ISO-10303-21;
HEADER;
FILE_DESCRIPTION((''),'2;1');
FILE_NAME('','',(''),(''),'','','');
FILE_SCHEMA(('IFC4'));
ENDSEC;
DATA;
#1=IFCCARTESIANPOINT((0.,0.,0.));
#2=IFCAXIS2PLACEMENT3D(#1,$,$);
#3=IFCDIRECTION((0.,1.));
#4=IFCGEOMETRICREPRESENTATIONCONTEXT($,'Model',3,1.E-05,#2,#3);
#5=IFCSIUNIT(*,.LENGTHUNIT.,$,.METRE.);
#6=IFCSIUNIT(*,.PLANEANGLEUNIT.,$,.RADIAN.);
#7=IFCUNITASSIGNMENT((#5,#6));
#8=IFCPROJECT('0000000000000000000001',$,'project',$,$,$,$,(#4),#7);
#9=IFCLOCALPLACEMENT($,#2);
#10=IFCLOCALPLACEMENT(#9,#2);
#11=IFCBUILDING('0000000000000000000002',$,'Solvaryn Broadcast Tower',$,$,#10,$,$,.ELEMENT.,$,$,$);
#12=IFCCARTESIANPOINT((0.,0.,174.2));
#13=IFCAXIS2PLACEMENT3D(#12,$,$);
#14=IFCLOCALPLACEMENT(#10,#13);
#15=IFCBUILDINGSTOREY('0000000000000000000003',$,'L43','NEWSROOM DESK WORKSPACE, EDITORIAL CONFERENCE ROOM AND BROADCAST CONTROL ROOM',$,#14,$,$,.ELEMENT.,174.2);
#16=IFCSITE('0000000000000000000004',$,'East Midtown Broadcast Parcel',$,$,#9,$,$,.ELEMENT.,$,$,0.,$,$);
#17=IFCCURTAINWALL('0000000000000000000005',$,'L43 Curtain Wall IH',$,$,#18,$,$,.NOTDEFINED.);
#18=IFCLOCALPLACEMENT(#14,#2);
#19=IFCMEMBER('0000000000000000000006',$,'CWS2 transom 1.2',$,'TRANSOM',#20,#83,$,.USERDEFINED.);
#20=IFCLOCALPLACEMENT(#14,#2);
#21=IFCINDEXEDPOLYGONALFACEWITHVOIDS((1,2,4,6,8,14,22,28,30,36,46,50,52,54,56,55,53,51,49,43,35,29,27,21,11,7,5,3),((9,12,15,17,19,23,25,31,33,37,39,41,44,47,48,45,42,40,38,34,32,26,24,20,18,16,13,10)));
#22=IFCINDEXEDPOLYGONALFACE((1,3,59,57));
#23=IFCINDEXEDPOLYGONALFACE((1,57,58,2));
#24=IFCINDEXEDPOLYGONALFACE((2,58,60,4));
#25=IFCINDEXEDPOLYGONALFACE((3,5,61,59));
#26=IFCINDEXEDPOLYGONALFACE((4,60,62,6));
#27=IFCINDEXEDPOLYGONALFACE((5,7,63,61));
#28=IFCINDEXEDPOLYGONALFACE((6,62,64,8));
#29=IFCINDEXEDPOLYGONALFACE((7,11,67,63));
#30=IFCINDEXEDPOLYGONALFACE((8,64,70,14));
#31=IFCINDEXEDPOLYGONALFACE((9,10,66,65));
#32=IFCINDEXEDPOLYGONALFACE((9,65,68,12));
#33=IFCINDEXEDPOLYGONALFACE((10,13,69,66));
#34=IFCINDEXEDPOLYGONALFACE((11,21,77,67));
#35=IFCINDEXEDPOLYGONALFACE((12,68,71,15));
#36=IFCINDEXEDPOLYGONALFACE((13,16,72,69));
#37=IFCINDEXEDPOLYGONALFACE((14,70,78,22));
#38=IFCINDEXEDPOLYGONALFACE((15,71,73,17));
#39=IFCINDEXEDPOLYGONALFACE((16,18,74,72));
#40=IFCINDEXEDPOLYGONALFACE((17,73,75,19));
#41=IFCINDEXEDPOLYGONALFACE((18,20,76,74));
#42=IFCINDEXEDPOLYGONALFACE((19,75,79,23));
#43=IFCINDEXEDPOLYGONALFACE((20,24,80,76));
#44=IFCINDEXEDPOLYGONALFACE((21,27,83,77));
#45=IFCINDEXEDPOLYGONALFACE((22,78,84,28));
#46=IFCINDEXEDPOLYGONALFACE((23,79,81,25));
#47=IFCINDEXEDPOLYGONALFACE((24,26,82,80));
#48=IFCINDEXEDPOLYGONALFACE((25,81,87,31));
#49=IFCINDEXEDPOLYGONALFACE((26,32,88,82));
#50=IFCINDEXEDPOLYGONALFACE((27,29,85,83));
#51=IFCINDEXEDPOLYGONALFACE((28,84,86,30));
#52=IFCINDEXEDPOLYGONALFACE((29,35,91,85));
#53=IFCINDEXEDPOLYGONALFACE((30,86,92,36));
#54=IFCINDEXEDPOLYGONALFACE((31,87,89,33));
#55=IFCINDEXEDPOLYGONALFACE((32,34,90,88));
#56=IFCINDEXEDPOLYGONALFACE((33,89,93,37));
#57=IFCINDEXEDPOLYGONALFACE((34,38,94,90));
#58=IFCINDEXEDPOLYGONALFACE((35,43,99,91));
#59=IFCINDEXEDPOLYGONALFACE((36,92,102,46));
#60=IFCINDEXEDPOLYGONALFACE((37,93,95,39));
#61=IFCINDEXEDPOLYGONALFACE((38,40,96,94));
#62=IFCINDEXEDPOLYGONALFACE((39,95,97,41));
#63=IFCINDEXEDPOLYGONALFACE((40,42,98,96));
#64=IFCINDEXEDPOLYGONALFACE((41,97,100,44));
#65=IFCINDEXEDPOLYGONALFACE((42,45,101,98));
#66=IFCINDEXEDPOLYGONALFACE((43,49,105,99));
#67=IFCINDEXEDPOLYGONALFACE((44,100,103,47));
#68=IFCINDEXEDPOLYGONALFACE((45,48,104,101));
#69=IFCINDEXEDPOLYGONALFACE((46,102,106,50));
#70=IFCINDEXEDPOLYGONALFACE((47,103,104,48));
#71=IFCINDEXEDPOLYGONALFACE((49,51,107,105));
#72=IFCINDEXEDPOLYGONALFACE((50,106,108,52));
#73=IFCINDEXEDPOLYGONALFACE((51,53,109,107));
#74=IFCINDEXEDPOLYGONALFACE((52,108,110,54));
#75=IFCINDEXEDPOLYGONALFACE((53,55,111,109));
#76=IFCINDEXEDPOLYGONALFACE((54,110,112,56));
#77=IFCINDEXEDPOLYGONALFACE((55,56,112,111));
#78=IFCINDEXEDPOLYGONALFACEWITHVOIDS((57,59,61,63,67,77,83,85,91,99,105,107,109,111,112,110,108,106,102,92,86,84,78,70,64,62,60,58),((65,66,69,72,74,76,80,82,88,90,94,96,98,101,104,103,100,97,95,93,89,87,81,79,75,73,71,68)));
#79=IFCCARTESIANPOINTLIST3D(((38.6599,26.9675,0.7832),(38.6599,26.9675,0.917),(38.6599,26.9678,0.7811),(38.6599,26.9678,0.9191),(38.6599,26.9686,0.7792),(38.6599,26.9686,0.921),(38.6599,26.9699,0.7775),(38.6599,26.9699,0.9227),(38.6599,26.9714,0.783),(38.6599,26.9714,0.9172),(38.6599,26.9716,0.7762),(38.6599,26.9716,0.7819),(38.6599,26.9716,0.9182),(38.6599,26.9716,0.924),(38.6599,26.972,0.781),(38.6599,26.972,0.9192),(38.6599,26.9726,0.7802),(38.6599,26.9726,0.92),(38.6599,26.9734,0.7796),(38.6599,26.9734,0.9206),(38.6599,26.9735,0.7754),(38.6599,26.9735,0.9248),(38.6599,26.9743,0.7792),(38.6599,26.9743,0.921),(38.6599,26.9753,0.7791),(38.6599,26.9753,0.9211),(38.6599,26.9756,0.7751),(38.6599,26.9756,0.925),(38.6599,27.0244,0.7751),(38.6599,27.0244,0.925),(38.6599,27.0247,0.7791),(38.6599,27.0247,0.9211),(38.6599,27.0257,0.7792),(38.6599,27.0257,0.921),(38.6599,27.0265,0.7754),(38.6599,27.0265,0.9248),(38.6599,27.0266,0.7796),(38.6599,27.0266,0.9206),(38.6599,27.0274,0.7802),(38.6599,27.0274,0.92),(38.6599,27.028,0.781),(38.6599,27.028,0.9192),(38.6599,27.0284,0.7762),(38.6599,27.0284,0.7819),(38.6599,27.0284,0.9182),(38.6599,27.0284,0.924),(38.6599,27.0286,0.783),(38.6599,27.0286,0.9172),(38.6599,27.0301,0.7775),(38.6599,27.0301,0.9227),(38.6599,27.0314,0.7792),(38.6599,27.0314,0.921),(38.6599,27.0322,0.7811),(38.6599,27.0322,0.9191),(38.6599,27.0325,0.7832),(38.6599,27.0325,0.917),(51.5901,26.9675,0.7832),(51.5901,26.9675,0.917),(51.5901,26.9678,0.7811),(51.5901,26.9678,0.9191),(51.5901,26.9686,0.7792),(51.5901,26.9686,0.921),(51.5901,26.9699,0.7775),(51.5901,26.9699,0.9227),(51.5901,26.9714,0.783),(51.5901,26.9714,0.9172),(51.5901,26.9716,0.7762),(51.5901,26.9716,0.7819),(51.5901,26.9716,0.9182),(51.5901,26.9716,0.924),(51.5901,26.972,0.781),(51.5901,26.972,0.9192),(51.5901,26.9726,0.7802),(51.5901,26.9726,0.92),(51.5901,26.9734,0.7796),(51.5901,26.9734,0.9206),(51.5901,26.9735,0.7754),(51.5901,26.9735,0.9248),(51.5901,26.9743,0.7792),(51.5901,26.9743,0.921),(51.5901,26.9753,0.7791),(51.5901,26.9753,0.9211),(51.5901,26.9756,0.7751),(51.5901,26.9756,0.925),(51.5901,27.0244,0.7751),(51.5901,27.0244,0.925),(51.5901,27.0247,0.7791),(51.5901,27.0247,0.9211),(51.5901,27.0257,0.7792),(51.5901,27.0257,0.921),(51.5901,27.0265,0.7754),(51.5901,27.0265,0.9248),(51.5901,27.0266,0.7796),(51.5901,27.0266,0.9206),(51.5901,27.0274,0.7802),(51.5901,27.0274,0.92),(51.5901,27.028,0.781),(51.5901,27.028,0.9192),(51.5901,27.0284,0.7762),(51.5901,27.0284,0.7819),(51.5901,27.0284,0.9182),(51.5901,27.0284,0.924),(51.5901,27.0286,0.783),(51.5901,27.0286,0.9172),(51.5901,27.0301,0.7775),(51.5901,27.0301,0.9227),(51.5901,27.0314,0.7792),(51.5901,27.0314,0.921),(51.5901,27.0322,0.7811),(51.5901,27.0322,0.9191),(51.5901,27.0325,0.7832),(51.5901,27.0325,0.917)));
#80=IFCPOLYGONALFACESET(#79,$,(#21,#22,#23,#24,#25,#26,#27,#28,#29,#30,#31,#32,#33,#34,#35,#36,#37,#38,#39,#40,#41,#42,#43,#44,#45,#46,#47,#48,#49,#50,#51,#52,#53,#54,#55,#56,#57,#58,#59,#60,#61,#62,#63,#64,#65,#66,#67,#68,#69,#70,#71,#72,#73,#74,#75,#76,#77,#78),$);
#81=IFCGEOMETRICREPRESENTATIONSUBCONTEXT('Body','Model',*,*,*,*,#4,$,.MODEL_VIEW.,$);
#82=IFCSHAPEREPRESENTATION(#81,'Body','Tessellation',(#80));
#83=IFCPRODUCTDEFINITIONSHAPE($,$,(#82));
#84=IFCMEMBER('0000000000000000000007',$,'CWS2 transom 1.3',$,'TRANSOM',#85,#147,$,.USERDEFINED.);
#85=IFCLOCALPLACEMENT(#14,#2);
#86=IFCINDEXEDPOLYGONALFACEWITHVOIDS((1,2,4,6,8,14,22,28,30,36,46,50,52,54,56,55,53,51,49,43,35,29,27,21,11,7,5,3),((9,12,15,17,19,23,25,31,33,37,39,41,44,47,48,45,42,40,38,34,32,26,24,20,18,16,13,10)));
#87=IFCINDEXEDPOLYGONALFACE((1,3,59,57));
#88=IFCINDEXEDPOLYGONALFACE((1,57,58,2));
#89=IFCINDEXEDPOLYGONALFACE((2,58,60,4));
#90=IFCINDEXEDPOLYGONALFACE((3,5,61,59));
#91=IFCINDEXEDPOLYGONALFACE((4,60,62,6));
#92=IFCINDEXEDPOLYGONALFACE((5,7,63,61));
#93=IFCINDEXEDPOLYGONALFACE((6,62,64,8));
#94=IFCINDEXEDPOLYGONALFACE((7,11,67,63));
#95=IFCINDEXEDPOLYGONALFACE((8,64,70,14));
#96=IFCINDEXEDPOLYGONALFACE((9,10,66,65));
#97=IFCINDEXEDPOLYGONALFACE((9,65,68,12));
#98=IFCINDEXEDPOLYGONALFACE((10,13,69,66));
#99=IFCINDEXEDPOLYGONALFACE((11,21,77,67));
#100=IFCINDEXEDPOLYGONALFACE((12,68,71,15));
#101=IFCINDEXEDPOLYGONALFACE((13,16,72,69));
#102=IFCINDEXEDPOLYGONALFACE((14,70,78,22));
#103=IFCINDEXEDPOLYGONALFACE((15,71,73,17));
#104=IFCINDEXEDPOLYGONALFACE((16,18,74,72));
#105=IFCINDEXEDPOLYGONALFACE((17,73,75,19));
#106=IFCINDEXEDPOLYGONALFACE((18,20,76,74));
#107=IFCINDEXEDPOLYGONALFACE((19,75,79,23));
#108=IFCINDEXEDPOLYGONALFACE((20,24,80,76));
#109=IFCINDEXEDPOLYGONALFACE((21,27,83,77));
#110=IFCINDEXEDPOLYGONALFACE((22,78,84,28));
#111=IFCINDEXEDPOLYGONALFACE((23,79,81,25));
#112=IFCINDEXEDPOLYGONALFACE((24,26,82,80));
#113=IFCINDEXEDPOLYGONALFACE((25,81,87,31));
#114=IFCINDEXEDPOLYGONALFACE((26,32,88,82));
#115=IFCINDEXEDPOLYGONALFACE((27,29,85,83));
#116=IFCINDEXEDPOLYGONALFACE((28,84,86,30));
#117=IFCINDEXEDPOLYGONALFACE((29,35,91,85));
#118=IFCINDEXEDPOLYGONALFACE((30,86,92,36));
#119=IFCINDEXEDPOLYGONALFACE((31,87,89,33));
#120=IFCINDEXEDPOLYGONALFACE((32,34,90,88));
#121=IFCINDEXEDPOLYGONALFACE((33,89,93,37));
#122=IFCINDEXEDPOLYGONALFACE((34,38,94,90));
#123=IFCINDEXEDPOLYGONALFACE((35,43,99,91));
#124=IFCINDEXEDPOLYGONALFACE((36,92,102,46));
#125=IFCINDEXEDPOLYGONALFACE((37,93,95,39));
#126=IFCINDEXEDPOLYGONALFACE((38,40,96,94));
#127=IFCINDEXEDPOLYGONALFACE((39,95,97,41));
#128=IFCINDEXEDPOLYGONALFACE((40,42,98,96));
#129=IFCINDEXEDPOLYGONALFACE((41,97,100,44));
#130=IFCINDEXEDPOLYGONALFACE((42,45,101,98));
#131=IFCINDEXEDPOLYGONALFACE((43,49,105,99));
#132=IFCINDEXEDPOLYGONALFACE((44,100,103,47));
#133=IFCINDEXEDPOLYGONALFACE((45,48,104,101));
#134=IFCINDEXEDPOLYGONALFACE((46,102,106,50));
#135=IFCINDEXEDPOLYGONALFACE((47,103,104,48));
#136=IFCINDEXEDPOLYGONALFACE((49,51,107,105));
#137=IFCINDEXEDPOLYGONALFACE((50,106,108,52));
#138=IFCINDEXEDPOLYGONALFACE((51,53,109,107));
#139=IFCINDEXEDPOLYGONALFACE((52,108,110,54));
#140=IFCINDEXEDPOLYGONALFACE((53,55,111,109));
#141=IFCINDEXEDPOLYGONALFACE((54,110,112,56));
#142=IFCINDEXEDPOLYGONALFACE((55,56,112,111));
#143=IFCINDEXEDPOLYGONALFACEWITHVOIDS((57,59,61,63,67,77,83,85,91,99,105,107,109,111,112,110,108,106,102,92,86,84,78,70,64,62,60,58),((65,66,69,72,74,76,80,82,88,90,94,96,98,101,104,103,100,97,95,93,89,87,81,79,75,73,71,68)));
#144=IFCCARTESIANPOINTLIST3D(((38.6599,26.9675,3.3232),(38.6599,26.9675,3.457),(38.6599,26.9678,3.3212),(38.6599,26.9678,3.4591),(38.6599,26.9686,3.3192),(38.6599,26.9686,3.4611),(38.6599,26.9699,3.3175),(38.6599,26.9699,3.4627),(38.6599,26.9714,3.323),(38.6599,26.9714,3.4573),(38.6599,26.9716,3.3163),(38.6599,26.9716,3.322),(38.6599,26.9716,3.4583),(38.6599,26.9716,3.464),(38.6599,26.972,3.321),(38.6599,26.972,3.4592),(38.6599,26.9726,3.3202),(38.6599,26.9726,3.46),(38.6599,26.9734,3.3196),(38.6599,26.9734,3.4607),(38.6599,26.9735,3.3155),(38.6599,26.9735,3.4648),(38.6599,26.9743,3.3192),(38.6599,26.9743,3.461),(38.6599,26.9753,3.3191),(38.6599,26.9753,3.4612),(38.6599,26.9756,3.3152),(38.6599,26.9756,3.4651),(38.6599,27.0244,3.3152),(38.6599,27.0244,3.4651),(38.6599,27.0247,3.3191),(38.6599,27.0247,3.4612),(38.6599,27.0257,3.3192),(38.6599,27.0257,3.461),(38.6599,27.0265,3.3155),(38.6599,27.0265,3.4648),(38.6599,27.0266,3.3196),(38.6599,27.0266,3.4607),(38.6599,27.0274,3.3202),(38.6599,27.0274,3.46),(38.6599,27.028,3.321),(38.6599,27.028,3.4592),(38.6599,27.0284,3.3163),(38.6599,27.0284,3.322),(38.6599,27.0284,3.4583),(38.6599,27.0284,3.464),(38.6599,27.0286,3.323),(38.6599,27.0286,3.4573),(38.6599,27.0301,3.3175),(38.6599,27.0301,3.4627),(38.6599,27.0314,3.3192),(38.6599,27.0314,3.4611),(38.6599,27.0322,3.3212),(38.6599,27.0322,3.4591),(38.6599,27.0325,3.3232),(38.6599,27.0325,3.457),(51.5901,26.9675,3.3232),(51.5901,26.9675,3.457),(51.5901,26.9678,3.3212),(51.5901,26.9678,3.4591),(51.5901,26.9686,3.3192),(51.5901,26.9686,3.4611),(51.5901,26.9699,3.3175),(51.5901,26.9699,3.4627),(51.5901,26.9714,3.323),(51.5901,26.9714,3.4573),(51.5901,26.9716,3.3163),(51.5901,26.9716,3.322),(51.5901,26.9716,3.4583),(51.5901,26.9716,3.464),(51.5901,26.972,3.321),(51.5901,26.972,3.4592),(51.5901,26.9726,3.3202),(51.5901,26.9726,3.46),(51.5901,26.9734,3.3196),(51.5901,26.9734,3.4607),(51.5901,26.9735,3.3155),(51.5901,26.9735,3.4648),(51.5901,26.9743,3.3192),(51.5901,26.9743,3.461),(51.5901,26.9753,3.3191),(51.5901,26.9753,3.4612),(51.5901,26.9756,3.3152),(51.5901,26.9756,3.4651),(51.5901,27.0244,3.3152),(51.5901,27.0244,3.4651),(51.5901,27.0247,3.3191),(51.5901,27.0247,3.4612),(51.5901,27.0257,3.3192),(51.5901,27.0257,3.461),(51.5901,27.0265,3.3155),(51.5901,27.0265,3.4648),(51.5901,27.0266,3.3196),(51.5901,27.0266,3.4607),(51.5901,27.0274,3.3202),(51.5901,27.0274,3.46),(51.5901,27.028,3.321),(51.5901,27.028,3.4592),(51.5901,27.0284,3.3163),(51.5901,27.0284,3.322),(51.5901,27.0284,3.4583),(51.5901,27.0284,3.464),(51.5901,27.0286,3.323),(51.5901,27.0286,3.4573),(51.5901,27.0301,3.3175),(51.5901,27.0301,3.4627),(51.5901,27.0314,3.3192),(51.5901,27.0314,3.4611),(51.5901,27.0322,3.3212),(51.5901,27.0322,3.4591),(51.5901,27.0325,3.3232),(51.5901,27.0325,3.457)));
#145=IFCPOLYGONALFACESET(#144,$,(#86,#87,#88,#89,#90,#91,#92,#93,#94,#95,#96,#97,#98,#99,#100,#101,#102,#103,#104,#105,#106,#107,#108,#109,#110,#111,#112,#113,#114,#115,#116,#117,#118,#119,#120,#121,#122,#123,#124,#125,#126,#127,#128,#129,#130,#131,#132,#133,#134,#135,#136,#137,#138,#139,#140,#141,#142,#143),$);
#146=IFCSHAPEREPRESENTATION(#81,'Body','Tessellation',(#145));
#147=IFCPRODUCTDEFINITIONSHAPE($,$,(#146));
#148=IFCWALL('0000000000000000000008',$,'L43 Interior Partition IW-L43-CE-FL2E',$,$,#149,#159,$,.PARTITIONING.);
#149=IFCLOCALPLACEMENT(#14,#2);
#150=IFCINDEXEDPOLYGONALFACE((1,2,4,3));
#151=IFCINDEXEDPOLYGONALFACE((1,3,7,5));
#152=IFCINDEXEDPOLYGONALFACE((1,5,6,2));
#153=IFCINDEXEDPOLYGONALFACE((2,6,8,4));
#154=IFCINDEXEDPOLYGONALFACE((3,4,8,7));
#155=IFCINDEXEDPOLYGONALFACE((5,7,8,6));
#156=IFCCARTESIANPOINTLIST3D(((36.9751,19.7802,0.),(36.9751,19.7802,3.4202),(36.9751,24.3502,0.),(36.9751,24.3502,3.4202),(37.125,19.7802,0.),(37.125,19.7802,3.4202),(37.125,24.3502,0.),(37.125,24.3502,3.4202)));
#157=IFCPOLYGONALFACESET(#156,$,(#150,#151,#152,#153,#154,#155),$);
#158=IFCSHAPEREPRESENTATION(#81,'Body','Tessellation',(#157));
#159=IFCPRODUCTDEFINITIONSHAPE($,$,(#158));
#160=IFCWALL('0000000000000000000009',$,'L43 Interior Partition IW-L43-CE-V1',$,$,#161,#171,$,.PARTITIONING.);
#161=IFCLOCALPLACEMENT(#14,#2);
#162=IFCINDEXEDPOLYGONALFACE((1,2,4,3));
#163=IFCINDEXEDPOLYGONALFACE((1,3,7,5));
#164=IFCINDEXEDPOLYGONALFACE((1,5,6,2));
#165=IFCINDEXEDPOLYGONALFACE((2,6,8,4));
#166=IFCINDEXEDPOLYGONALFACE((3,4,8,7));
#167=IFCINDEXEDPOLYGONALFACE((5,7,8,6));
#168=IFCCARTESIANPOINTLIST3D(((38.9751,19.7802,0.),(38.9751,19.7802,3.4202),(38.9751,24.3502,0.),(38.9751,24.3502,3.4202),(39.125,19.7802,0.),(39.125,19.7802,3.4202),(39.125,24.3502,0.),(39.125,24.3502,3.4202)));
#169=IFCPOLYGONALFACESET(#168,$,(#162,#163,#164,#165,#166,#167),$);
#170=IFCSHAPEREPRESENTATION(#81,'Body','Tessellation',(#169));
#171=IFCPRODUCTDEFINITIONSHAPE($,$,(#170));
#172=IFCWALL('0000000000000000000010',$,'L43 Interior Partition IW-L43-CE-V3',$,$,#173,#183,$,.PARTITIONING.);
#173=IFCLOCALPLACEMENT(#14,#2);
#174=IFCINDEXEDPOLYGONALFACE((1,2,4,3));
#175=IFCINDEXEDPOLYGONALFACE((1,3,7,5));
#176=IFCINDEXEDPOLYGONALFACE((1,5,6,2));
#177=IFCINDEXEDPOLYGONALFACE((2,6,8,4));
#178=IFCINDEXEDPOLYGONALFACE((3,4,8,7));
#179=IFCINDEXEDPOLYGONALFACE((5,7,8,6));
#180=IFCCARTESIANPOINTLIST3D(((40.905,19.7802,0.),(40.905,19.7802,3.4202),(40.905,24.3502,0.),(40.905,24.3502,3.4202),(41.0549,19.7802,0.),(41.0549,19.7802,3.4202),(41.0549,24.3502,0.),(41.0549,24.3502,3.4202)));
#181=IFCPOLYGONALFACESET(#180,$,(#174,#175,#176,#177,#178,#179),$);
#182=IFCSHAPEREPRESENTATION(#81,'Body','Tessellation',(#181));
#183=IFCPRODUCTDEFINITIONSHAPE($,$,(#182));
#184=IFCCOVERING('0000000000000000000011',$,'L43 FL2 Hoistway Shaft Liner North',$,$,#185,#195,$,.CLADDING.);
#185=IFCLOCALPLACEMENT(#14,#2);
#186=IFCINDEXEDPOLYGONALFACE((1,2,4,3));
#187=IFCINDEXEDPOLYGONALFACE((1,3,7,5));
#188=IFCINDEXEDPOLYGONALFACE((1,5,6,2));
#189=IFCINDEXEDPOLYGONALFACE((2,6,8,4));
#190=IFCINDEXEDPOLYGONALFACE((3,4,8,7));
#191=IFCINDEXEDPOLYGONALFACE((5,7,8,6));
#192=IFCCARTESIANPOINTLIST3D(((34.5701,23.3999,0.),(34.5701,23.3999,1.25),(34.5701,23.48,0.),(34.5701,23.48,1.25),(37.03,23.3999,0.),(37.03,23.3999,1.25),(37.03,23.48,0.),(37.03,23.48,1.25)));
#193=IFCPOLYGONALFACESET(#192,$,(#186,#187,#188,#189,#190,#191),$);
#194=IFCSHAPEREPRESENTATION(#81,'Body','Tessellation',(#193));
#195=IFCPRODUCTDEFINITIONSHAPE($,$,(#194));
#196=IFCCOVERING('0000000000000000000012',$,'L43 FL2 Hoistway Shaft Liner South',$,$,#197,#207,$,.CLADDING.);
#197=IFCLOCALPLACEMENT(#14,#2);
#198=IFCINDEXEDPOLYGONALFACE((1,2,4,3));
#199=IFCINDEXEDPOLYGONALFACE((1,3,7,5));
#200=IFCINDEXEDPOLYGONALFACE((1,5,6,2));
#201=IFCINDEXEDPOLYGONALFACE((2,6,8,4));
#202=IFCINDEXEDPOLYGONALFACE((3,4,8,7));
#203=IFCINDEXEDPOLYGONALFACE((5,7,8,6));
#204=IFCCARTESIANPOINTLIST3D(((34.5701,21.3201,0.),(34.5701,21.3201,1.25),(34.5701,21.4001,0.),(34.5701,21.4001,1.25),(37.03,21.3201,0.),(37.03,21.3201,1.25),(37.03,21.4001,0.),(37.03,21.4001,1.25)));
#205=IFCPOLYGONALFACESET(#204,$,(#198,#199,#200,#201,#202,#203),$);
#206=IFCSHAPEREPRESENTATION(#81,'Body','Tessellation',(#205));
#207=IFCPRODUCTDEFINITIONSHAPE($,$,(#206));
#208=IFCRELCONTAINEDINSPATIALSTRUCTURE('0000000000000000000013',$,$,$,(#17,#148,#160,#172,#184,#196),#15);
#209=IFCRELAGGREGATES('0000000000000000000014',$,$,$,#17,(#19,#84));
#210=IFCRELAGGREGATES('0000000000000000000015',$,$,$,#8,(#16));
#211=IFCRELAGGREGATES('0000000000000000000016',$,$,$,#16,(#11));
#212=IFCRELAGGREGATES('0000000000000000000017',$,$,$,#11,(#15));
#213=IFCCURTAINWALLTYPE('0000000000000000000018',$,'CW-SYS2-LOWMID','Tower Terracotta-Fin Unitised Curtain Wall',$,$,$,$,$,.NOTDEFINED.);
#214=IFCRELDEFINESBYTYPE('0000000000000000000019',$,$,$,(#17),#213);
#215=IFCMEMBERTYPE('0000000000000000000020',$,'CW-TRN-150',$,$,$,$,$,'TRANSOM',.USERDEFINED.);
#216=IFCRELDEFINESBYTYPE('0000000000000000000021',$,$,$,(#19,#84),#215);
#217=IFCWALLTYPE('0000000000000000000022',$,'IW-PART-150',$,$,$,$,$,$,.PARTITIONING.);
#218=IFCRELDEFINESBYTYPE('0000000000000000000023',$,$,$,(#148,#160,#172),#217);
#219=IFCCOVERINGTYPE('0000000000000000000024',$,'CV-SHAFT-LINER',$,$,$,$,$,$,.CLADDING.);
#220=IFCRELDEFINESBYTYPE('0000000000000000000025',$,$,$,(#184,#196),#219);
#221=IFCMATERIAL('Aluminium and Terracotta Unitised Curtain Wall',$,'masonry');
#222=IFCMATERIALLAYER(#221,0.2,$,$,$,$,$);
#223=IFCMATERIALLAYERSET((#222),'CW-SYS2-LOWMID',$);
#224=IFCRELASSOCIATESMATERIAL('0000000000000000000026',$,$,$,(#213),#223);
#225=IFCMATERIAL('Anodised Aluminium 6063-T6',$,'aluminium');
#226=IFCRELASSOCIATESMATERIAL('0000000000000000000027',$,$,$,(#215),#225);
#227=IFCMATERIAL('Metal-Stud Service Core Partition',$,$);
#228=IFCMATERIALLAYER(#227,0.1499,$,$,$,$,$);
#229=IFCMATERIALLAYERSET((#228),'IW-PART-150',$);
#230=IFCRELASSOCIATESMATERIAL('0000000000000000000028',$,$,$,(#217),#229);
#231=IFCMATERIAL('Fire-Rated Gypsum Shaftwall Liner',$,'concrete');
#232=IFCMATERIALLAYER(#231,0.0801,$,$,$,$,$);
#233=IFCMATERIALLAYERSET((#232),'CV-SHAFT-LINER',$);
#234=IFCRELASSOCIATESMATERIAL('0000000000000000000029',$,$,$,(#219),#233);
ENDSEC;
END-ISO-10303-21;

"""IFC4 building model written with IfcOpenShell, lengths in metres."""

from ifc_helpers import new_model, si_unit, direction, frame, frame_2d, origin, origin_2d, place, context, subcontext, project, spatial, rectangle, hollow_rectangle, extrude, material, layer, layer_set, material_profile, profile_set, type_object, element, aggregate, save


model = new_model("IFC4")

# Units and contexts
model_context = context("Model", 3, precision=1e-05, world=origin(), true_north=direction((0.0, 1.0)))
body_context = subcontext(model_context, "Body", "Model", "MODEL_VIEW")
ifc_project = project(units=[si_unit("LENGTHUNIT", "METRE"), si_unit("PLANEANGLEUNIT", "RADIAN")], contexts=[model_context])

# Site, building, storey
site_placement = place(None, origin())
site = spatial("IfcSite", under=ifc_project, at=site_placement, Name="East Midtown Broadcast Parcel", CompositionType="ELEMENT", RefElevation=0.0)
building_placement = place(site_placement, origin())
building = spatial("IfcBuilding", under=site, at=building_placement, Name="Solvaryn Broadcast Tower", CompositionType="ELEMENT")
storey_placement = place(building_placement, frame((0.0, 0.0, 174.2)))
storey = spatial("IfcBuildingStorey", under=building, at=storey_placement, Name="L43", Description="NEWSROOM DESK WORKSPACE, EDITORIAL CONFERENCE ROOM AND BROADCAST CONTROL ROOM", CompositionType="ELEMENT", Elevation=174.2)

# Curtain wall
ifc_material_1 = material(Name="Aluminium and Terracotta Unitised Curtain Wall", Category="masonry")
ifc_layer_1 = layer(ifc_material_1, 0.2)
ifc_layer_set_1 = layer_set([ifc_layer_1], Name="CW-SYS2-LOWMID")
curtain_wall_type = type_object("IfcCurtainWallType", Name="CW-SYS2-LOWMID", Description="Tower Terracotta-Fin Unitised Curtain Wall", PredefinedType="NOTDEFINED", material=ifc_layer_set_1)
curtain_wall_1_placement = place(storey_placement, origin())
curtain_wall_1 = element("IfcCurtainWall", 1, at=curtain_wall_1_placement, inside=storey, type_object=curtain_wall_type, Name="L43 Curtain Wall IH", PredefinedType="NOTDEFINED")

# Members
ifc_material_2 = material(Name="Anodised Aluminium 6063-T6", Category="aluminium")
ifc_material_profile_1 = material_profile(ifc_material_2, hollow_rectangle(XDim=0.0649, YDim=0.1499, WallThickness=0.0039, InnerFilletRadius=0.0039, OuterFilletRadius=0.0081, at=origin_2d()))
ifc_profile_set_1 = profile_set([ifc_material_profile_1], Name="Anodised Aluminium 6063-T6")
member_type_1 = type_object("IfcMemberType", Name="CW-TRN-150", ElementType="TRANSOM", PredefinedType="USERDEFINED", material=ifc_profile_set_1)
member_1_placement = place(storey_placement, frame((38.6599, 27.0, 0.8501), z_axis=(1.0, 0.0, 0.0), x_axis=(0.0, 1.0, 0.0)))
member_1 = element("IfcMember", 2, at=member_1_placement, type_object=member_type_1, Name="CWS2 transom 1.2", ObjectType="TRANSOM", PredefinedType="USERDEFINED", context=body_context, shape_type="SweptSolid", body=[
    extrude(hollow_rectangle(XDim=0.0649, YDim=0.1499, WallThickness=0.0039, InnerFilletRadius=0.0039, OuterFilletRadius=0.0081, at=origin_2d()), origin(), (0.0, 0.0, 1.0), 12.9302),
])
member_2_placement = place(storey_placement, frame((38.6599, 27.0, 3.3901), z_axis=(1.0, 0.0, 0.0), x_axis=(0.0, 1.0, 0.0)))
member_2 = element("IfcMember", 3, at=member_2_placement, type_object=member_type_1, Name="CWS2 transom 1.3", ObjectType="TRANSOM", PredefinedType="USERDEFINED", context=body_context, shape_type="SweptSolid", body=[
    extrude(hollow_rectangle(XDim=0.0649, YDim=0.1499, WallThickness=0.0039, InnerFilletRadius=0.0039, OuterFilletRadius=0.0081, at=origin_2d()), origin(), (0.0, 0.0, 1.0), 12.9302),
])
aggregate(curtain_wall_1, [member_1, member_2])

# Walls
ifc_material_3 = material(Name="Metal-Stud Service Core Partition")
ifc_layer_2 = layer(ifc_material_3, 0.1499)
ifc_layer_set_2 = layer_set([ifc_layer_2], Name="IW-PART-150")
wall_type = type_object("IfcWallType", Name="IW-PART-150", PredefinedType="PARTITIONING", material=ifc_layer_set_2)
for number, where, z_axis, x_axis, name in (
    (4, (37.05, 19.78, 0.0), (0.0, 0.0, 1.0), (0.0, 1.0, 0.0), "L43 Interior Partition IW-L43-CE-FL2E"),
    (5, (39.05, 19.78, 0.0), (0.0, 0.0, 1.0), (0.0, 1.0, 0.0), "L43 Interior Partition IW-L43-CE-V1"),
    (6, (40.98, 19.78, 0.0), (0.0, 0.0, 1.0), (0.0, 1.0, 0.0), "L43 Interior Partition IW-L43-CE-V3"),
):
    element("IfcWall", number, at=place(storey_placement, frame(where, z_axis=z_axis, x_axis=x_axis)), inside=storey, type_object=wall_type, Name=name, PredefinedType="PARTITIONING", context=body_context, shape_type="SweptSolid", body=[
        extrude(rectangle(XDim=4.5701, YDim=0.1499, at=frame_2d((2.2852, 0.0))), origin(), (0.0, 0.0, 1.0), 3.4202),
    ])

# Coverings
ifc_material_4 = material(Name="Fire-Rated Gypsum Shaftwall Liner", Category="concrete")
ifc_layer_3 = layer(ifc_material_4, 0.0801)
ifc_layer_set_3 = layer_set([ifc_layer_3], Name="CV-SHAFT-LINER")
covering_type_1 = type_object("IfcCoveringType", Name="CV-SHAFT-LINER", PredefinedType="CLADDING", material=ifc_layer_set_3)
for number, where, z_axis, x_axis, name in (
    (7, (35.8, 23.4399, 0.0), (0.0, 0.0, 1.0), (1.0, 0.0, 0.0), "L43 FL2 Hoistway Shaft Liner North"),
    (8, (35.8, 21.3601, 0.0), (0.0, 0.0, 1.0), (1.0, 0.0, 0.0), "L43 FL2 Hoistway Shaft Liner South"),
):
    element("IfcCovering", number, at=place(storey_placement, frame(where, z_axis=z_axis, x_axis=x_axis)), inside=storey, type_object=covering_type_1, Name=name, PredefinedType="CLADDING", context=body_context, shape_type="SweptSolid", body=[
        extrude(rectangle(XDim=2.46, YDim=0.0801, at=origin_2d()), origin(), (0.0, 0.0, 1.0), 1.25),
    ])

save(model, "model.ifc")
